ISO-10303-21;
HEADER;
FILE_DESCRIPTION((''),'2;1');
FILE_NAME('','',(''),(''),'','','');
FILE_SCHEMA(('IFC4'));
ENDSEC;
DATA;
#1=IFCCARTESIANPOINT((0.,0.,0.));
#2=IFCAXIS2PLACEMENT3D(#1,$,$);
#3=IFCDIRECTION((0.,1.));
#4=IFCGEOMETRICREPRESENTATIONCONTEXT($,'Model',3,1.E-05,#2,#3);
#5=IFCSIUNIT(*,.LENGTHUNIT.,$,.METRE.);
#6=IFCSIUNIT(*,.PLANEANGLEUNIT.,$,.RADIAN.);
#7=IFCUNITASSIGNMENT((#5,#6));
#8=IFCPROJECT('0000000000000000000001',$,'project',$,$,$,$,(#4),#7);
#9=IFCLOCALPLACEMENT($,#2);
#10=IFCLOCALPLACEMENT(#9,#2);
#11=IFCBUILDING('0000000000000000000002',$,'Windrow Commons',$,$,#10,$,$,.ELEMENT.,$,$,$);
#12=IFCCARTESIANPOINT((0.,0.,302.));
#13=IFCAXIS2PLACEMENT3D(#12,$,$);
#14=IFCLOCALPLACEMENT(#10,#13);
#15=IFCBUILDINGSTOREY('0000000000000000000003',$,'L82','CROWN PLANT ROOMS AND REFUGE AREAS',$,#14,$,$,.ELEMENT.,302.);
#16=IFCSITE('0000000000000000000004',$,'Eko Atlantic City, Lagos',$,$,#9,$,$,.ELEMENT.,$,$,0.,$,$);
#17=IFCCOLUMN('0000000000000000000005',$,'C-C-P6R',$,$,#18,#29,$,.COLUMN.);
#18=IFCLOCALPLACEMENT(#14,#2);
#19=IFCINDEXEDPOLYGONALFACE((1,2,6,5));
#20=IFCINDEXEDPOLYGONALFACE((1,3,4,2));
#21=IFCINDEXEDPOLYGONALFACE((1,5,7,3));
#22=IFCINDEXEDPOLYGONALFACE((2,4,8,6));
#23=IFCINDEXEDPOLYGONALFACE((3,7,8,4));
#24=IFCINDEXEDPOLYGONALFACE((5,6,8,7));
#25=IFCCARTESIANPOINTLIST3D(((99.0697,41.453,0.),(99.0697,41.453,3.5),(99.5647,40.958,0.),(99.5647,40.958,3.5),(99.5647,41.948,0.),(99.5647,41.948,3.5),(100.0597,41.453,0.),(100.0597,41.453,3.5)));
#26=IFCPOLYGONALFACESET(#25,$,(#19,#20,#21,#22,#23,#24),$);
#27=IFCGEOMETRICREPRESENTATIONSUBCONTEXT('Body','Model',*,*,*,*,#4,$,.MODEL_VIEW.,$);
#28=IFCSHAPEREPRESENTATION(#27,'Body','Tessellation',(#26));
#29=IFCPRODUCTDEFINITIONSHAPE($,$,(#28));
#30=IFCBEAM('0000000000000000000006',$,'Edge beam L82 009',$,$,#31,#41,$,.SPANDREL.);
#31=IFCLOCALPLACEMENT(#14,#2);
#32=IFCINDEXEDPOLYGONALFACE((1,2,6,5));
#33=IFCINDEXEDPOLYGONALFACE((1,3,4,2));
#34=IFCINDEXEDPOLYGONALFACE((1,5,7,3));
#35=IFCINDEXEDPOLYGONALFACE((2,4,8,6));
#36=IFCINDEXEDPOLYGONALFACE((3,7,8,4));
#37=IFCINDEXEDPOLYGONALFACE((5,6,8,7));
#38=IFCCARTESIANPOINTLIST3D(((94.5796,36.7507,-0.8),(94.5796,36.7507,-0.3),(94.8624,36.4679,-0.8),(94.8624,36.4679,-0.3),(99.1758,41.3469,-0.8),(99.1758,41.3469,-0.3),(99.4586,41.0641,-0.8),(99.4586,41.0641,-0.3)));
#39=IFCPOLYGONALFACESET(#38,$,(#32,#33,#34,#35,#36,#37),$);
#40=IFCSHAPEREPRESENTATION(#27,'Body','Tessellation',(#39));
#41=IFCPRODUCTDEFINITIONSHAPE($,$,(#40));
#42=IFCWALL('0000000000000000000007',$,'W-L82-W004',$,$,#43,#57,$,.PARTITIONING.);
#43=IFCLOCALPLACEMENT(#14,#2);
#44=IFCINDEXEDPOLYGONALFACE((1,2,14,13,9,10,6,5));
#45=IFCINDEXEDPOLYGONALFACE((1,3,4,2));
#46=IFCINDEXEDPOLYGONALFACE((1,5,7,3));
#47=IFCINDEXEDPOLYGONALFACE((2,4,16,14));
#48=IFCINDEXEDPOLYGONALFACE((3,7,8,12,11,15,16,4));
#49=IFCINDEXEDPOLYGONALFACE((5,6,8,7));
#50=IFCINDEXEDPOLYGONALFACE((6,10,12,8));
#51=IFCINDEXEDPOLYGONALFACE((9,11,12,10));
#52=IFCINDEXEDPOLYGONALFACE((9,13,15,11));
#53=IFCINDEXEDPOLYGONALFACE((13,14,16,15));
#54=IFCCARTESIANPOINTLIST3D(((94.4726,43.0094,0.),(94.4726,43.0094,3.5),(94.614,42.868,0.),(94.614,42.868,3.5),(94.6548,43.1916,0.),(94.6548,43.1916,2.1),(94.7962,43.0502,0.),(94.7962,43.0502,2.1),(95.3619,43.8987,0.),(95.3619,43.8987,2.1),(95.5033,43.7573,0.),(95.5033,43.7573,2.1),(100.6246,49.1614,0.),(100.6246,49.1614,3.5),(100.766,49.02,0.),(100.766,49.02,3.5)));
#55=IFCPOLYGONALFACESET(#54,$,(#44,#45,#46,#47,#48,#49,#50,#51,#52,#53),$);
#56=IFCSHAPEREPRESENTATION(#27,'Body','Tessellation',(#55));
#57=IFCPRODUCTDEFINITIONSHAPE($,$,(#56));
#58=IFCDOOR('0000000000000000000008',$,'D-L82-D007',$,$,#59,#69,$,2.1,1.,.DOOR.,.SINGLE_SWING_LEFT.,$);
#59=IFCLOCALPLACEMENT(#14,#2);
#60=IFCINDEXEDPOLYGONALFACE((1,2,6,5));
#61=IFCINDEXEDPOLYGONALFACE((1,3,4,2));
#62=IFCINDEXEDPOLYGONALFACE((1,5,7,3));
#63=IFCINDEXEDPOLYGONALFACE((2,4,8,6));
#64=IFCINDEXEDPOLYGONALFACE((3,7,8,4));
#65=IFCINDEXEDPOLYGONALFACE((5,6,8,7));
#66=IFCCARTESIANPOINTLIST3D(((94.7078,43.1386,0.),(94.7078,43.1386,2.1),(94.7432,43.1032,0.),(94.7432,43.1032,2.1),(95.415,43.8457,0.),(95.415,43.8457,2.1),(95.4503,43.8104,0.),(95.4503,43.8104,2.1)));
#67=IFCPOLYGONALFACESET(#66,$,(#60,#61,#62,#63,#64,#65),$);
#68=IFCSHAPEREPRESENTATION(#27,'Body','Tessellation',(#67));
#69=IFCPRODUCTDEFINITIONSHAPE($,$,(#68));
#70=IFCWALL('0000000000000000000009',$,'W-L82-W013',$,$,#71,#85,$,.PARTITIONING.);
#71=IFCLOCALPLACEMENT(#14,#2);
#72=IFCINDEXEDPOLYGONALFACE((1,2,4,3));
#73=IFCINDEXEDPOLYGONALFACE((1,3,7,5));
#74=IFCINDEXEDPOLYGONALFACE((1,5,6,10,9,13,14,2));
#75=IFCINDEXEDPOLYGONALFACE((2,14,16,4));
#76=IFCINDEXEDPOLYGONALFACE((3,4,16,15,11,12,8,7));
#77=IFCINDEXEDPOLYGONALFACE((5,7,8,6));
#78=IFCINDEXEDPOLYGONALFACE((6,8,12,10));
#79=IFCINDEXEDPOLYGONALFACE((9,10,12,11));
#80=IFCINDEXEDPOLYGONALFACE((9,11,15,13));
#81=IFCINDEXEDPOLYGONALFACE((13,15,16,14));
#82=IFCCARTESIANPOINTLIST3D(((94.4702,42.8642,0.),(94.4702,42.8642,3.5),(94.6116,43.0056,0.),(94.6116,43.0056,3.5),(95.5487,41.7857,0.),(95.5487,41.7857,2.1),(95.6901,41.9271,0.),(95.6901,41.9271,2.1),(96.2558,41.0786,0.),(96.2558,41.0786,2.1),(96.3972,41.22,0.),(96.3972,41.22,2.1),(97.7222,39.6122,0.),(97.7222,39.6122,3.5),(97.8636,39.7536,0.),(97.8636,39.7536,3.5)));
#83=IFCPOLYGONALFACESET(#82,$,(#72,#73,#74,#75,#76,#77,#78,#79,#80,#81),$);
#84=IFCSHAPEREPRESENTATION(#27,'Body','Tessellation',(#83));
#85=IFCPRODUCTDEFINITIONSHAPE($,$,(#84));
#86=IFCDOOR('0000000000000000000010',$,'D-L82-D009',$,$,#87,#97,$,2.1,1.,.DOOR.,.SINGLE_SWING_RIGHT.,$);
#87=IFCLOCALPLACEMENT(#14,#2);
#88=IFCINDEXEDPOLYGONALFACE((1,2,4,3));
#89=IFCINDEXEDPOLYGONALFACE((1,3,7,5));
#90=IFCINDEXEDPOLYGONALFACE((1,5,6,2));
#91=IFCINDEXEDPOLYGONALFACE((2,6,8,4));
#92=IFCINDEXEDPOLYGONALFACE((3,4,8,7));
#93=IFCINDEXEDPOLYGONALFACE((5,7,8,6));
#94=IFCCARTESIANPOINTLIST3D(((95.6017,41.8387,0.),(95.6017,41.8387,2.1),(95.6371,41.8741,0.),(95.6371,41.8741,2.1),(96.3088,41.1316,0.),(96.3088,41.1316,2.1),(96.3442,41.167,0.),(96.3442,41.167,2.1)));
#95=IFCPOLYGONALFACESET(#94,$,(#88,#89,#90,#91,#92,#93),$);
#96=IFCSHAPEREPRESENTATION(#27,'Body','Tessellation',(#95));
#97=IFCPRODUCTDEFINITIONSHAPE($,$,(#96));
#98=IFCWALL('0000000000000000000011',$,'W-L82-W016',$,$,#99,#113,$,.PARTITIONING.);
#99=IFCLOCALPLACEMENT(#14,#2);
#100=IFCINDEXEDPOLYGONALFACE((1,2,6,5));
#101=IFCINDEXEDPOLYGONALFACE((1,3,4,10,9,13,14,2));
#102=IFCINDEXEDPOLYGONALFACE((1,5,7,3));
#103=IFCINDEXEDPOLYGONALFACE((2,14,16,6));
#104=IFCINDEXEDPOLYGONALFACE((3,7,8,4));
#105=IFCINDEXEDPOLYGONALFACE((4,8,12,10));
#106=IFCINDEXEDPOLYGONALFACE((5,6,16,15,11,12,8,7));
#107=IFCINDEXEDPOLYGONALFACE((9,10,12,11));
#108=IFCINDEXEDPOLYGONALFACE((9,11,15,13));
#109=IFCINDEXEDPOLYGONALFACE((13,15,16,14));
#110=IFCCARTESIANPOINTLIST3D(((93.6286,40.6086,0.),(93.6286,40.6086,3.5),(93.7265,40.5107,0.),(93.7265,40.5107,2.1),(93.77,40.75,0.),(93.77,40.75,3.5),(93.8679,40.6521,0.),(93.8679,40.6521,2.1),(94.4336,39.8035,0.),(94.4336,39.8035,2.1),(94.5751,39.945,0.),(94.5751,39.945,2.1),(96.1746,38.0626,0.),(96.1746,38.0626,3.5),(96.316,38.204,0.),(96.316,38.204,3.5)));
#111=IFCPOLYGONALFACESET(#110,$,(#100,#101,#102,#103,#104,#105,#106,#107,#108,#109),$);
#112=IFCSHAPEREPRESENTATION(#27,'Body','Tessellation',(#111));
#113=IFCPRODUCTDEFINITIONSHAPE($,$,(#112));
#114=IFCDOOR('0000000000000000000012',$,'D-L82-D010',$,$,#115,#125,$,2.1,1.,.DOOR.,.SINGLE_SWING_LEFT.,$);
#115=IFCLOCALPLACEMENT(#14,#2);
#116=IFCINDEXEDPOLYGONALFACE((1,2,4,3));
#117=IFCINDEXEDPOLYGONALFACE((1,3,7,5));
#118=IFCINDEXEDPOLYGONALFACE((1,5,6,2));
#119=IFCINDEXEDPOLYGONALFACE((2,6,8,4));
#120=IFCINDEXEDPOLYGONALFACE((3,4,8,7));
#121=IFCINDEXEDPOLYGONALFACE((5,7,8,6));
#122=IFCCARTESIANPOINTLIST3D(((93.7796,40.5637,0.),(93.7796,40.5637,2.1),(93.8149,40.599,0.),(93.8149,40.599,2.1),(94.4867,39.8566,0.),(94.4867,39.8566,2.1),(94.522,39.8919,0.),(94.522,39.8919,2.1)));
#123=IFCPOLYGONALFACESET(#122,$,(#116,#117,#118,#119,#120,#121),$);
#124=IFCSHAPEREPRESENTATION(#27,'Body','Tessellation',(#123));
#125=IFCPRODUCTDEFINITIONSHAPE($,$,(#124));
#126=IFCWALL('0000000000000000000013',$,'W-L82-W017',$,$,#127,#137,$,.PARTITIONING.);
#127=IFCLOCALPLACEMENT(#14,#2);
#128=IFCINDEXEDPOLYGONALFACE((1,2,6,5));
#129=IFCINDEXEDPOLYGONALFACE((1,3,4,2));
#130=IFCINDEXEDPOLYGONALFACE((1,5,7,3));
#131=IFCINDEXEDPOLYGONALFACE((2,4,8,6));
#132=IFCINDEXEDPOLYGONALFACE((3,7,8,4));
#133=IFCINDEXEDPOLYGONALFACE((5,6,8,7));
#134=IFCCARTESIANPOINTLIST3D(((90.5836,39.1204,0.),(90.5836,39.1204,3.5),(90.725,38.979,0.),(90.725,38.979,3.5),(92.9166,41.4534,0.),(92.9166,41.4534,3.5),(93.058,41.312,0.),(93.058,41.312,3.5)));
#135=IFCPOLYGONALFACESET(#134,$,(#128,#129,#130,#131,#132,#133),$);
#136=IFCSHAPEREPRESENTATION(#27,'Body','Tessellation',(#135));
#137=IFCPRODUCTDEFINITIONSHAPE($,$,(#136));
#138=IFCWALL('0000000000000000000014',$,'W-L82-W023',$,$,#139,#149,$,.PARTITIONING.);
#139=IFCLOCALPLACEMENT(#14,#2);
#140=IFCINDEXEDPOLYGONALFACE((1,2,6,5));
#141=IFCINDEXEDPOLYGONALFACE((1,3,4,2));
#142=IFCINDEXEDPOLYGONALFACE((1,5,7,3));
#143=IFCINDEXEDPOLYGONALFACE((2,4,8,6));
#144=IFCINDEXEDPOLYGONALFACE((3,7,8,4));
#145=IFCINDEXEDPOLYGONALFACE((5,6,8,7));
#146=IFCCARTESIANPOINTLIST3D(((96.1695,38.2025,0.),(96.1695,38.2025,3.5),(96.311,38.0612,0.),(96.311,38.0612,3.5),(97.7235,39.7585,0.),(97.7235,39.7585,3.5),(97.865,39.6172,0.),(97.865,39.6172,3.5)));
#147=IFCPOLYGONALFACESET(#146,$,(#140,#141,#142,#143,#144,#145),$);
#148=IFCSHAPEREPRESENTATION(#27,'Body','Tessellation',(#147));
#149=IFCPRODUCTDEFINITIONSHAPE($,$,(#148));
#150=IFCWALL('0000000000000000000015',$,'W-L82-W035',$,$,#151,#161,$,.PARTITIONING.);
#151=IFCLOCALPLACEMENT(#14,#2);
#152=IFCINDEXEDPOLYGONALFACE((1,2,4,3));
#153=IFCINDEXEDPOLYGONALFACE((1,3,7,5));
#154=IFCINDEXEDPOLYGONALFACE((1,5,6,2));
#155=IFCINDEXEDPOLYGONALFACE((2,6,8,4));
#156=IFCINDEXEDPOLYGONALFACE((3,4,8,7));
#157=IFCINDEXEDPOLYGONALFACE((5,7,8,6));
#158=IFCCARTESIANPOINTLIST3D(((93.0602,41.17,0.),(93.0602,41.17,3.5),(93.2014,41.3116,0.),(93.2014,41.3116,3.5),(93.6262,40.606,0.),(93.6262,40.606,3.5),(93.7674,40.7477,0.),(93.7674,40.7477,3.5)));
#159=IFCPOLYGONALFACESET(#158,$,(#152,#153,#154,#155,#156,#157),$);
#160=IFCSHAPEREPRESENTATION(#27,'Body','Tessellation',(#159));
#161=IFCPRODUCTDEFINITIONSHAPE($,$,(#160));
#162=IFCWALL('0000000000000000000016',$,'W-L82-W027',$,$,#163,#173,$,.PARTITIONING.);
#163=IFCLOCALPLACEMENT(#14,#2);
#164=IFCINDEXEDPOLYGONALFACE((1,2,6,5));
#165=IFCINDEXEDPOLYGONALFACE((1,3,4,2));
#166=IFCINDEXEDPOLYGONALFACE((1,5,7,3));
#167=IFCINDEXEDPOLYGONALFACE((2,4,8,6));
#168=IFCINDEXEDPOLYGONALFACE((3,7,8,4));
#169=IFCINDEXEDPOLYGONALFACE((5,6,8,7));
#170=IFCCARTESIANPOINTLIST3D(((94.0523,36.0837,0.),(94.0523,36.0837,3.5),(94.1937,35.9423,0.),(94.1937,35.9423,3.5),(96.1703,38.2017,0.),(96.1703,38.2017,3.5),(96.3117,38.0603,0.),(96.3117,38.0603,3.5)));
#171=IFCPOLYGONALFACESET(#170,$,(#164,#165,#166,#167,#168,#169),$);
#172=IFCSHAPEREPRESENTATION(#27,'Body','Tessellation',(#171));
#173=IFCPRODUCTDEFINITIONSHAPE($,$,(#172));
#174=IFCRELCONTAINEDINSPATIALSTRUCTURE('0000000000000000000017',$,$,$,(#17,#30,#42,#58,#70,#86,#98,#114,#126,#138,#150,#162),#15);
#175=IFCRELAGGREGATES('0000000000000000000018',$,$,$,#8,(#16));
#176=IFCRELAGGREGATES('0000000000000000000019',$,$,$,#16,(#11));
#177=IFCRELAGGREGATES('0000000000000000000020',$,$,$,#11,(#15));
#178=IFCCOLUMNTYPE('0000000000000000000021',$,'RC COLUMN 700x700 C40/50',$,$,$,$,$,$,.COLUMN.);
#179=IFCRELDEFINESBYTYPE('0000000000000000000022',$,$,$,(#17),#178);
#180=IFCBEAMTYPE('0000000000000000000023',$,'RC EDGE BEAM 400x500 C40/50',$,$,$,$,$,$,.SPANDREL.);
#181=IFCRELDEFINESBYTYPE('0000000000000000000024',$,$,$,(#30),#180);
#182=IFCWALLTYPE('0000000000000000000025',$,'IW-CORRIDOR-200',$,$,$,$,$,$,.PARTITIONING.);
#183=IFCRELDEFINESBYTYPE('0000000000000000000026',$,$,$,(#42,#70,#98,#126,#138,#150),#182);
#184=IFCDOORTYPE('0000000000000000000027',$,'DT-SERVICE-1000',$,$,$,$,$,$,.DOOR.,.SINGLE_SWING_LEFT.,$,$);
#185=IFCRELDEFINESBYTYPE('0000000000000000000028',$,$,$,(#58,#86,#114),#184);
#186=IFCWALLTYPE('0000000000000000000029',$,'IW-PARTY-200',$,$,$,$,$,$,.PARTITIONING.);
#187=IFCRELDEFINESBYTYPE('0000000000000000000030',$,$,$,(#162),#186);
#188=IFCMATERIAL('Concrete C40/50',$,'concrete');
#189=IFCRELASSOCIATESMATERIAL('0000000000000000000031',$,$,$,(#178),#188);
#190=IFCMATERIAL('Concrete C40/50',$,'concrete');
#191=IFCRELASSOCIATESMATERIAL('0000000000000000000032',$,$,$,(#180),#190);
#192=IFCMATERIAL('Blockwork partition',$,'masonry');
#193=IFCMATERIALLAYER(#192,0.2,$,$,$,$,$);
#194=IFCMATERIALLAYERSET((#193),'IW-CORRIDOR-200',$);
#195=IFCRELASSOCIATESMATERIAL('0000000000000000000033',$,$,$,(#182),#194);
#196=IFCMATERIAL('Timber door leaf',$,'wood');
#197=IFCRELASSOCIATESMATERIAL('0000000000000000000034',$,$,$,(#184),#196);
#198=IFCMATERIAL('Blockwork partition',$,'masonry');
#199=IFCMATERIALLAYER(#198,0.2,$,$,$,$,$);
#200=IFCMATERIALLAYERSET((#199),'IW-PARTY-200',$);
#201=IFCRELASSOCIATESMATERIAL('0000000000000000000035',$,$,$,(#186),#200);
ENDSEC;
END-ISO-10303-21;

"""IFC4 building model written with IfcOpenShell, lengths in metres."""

from ifc_helpers import new_model, si_unit, direction, frame, frame_2d, origin, origin_2d, place, context, subcontext, project, spatial, rectangle, extrude, material, layer, layer_set, material_profile, profile_set, type_object, element, fill, save


model = new_model("IFC4")

# Units and contexts
model_context = context("Model", 3, precision=1e-05, world=origin(), true_north=direction((0.0, 1.0)))
body_context = subcontext(model_context, "Body", "Model", "MODEL_VIEW")
ifc_project = project(units=[si_unit("LENGTHUNIT", "METRE"), si_unit("PLANEANGLEUNIT", "RADIAN")], contexts=[model_context])

# Site, building, storey
site_placement = place(None, origin())
site = spatial("IfcSite", under=ifc_project, at=site_placement, Name="Eko Atlantic City, Lagos", CompositionType="ELEMENT", RefElevation=0.0)
building_placement = place(site_placement, origin())
building = spatial("IfcBuilding", under=site, at=building_placement, Name="Windrow Commons", CompositionType="ELEMENT")
storey_placement = place(building_placement, frame((0.0, 0.0, 302.0)))
storey = spatial("IfcBuildingStorey", under=building, at=storey_placement, Name="L82", Description="CROWN PLANT ROOMS AND REFUGE AREAS", CompositionType="ELEMENT", Elevation=302.0)

# Column
ifc_material_1 = material(Name="Concrete C40/50", Category="concrete")
ifc_material_profile_1 = material_profile(ifc_material_1, rectangle(XDim=0.7, YDim=0.7, at=origin_2d()))
ifc_profile_set_1 = profile_set([ifc_material_profile_1], Name="Concrete C40/50")
column_type = type_object("IfcColumnType", Name="RC COLUMN 700x700 C40/50", PredefinedType="COLUMN", material=ifc_profile_set_1)
column_placement = place(storey_placement, frame((99.5647, 41.453, 0.0), z_axis=(0.0, 0.0, 1.0), x_axis=(0.707107, -0.707107, 0.0)))
element("IfcColumn", 1, at=column_placement, inside=storey, type_object=column_type, Name="C-C-P6R", PredefinedType="COLUMN", context=body_context, shape_type="SweptSolid", body=[
    extrude(rectangle(XDim=0.7, YDim=0.7, at=origin_2d()), origin(), (0.0, 0.0, 1.0), 3.5),
])

# Beam
ifc_material_2 = material(Name="Concrete C40/50", Category="concrete")
ifc_material_profile_2 = material_profile(ifc_material_2, rectangle(XDim=0.4, YDim=0.5, at=origin_2d()))
ifc_profile_set_2 = profile_set([ifc_material_profile_2], Name="Concrete C40/50")
beam_type = type_object("IfcBeamType", Name="RC EDGE BEAM 400x500 C40/50", PredefinedType="SPANDREL", material=ifc_profile_set_2)
beam_placement = place(storey_placement, frame((99.3172, 41.2055, -0.55), z_axis=(-0.707107, -0.707107, 0.0), x_axis=(0.707107, -0.707107, 0.0)))
element("IfcBeam", 2, at=beam_placement, inside=storey, type_object=beam_type, Name="Edge beam L82 009", PredefinedType="SPANDREL", context=body_context, shape_type="SweptSolid", body=[
    extrude(rectangle(XDim=0.4, YDim=0.5, at=origin_2d()), origin(), (0.0, 0.0, 1.0), 6.5),
])

# Walls, openings, doors
ifc_material_3 = material(Name="Blockwork partition", Category="masonry")
ifc_layer_1 = layer(ifc_material_3, 0.2)
ifc_layer_set_1 = layer_set([ifc_layer_1], Name="IW-CORRIDOR-200")
wall_type_1 = type_object("IfcWallType", Name="IW-CORRIDOR-200", PredefinedType="PARTITIONING", material=ifc_layer_set_1)
wall_1_placement = place(storey_placement, frame((94.5433, 42.9387, 0.0), z_axis=(0.0, 0.0, 1.0), x_axis=(0.707107, 0.707107, 0.0)))
wall_1 = element("IfcWall", 3, at=wall_1_placement, inside=storey, type_object=wall_type_1, Name="W-L82-W004", PredefinedType="PARTITIONING", context=body_context, shape_type="SweptSolid", body=[
    extrude(rectangle(XDim=8.7002, YDim=0.2, at=frame_2d((4.3501, 0.0))), origin(), (0.0, 0.0, 1.0), 3.5),
])
opening_1_placement = place(wall_1_placement, frame((0.2577, 0.0, 0.0)))
opening_1 = element("IfcOpeningElement", 4, at=opening_1_placement, cuts=wall_1, PredefinedType="OPENING", context=body_context, shape_type="SweptSolid", body=[
    extrude(rectangle(XDim=1.0, YDim=2.1, at=frame_2d((0.5, 1.05))), frame((0.0, 0.11, 0.0), z_axis=(0.0, -1.0, 0.0), x_axis=(1.0, 0.0, 0.0)), (0.0, 0.0, 1.0), 0.22),
])
ifc_material_4 = material(Name="Timber door leaf", Category="wood")
door_type = type_object("IfcDoorType", Name="DT-SERVICE-1000", OperationType="SINGLE_SWING_LEFT", PredefinedType="DOOR", material=ifc_material_4)
door_1_placement = place(opening_1_placement, origin())
door_1 = element("IfcDoor", 5, at=door_1_placement, inside=storey, type_object=door_type, Name="D-L82-D007", OperationType="SINGLE_SWING_LEFT", OverallHeight=2.1, OverallWidth=1.0, PredefinedType="DOOR", context=body_context, shape_type="SweptSolid", body=[
    extrude(rectangle(XDim=1.0, YDim=2.1, at=frame_2d((0.5, 1.05))), frame((0.0, 0.025, 0.0), z_axis=(0.0, -1.0, 0.0), x_axis=(1.0, 0.0, 0.0)), (0.0, 0.0, 1.0), 0.05),
])
fill(opening_1, door_1)
wall_2_placement = place(storey_placement, frame((94.5409, 42.9349, 0.0), z_axis=(0.0, 0.0, 1.0), x_axis=(0.707107, -0.707107, 0.0)))
wall_2 = element("IfcWall", 6, at=wall_2_placement, inside=storey, type_object=wall_type_1, Name="W-L82-W013", PredefinedType="PARTITIONING", context=body_context, shape_type="SweptSolid", body=[
    extrude(rectangle(XDim=4.599, YDim=0.2, at=frame_2d((2.2995, 0.0))), origin(), (0.0, 0.0, 1.0), 3.5),
])
opening_2_placement = place(wall_2_placement, frame((1.5252, 0.0, 0.0)))
opening_2 = element("IfcOpeningElement", 7, at=opening_2_placement, cuts=wall_2, PredefinedType="OPENING", context=body_context, shape_type="SweptSolid", body=[
    extrude(rectangle(XDim=1.0, YDim=2.1, at=frame_2d((0.5, 1.05))), frame((0.0, 0.11, 0.0), z_axis=(0.0, -1.0, 0.0), x_axis=(1.0, 0.0, 0.0)), (0.0, 0.0, 1.0), 0.22),
])
door_2_placement = place(opening_2_placement, origin())
door_2 = element("IfcDoor", 8, at=door_2_placement, inside=storey, type_object=door_type, Name="D-L82-D009", OperationType="SINGLE_SWING_RIGHT", OverallHeight=2.1, OverallWidth=1.0, PredefinedType="DOOR", context=body_context, shape_type="SweptSolid", body=[
    extrude(rectangle(XDim=1.0, YDim=2.1, at=frame_2d((0.5, 1.05))), frame((0.0, 0.025, 0.0), z_axis=(0.0, -1.0, 0.0), x_axis=(1.0, 0.0, 0.0)), (0.0, 0.0, 1.0), 0.05),
])
fill(opening_2, door_2)
wall_3_placement = place(storey_placement, frame((93.6993, 40.6793, 0.0), z_axis=(0.0, 0.0, 1.0), x_axis=(0.707107, -0.707107, 0.0)))
wall_3 = element("IfcWall", 9, at=wall_3_placement, inside=storey, type_object=wall_type_1, Name="W-L82-W016", PredefinedType="PARTITIONING", context=body_context, shape_type="SweptSolid", body=[
    extrude(rectangle(XDim=3.6006, YDim=0.2, at=frame_2d((1.8003, 0.0))), origin(), (0.0, 0.0, 1.0), 3.5),
])
opening_3_placement = place(wall_3_placement, frame((0.1385, 0.0, 0.0)))
opening_3 = element("IfcOpeningElement", 10, at=opening_3_placement, cuts=wall_3, PredefinedType="OPENING", context=body_context, shape_type="SweptSolid", body=[
    extrude(rectangle(XDim=1.0, YDim=2.1, at=frame_2d((0.5, 1.05))), frame((0.0, 0.11, 0.0), z_axis=(0.0, -1.0, 0.0), x_axis=(1.0, 0.0, 0.0)), (0.0, 0.0, 1.0), 0.22),
])
door_3_placement = place(opening_3_placement, origin())
door_3 = element("IfcDoor", 11, at=door_3_placement, inside=storey, type_object=door_type, Name="D-L82-D010", OperationType="SINGLE_SWING_LEFT", OverallHeight=2.1, OverallWidth=1.0, PredefinedType="DOOR", context=body_context, shape_type="SweptSolid", body=[
    extrude(rectangle(XDim=1.0, YDim=2.1, at=frame_2d((0.5, 1.05))), frame((0.0, 0.025, 0.0), z_axis=(0.0, -1.0, 0.0), x_axis=(1.0, 0.0, 0.0)), (0.0, 0.0, 1.0), 0.05),
])
fill(opening_3, door_3)

# Walls
wall_4_placement = place(storey_placement, frame((90.6543, 39.0497, 0.0), z_axis=(0.0, 0.0, 1.0), x_axis=(0.707107, 0.707107, 0.0)))
element("IfcWall", 12, at=wall_4_placement, inside=storey, type_object=wall_type_1, Name="W-L82-W017", PredefinedType="PARTITIONING", context=body_context, shape_type="SweptSolid", body=[
    extrude(rectangle(XDim=3.2994, YDim=0.2, at=frame_2d((1.6497, 0.0))), origin(), (0.0, 0.0, 1.0), 3.5),
])
wall_5_placement = place(storey_placement, frame((96.2402, 38.1318, 0.0), z_axis=(0.0, 0.0, 1.0), x_axis=(0.706652, 0.707561, 0.0)))
element("IfcWall", 13, at=wall_5_placement, inside=storey, type_object=wall_type_1, Name="W-L82-W023", PredefinedType="PARTITIONING", context=body_context, shape_type="SweptSolid", body=[
    extrude(rectangle(XDim=2.1991, YDim=0.2, at=frame_2d((1.0996, 0.0))), origin(), (0.0, 0.0, 1.0), 3.5),
])
wall_6_placement = place(storey_placement, frame((93.1308, 41.2408, 0.0), z_axis=(0.0, 0.0, 1.0), x_axis=(0.708357, -0.705854, 0.0)))
element("IfcWall", 14, at=wall_6_placement, inside=storey, type_object=wall_type_1, Name="W-L82-W035", PredefinedType="PARTITIONING", context=body_context, shape_type="SweptSolid", body=[
    extrude(rectangle(XDim=0.799, YDim=0.2, at=frame_2d((0.3995, 0.0))), origin(), (0.0, 0.0, 1.0), 3.5),
])
ifc_material_5 = material(Name="Blockwork partition", Category="masonry")
ifc_layer_2 = layer(ifc_material_5, 0.2)
ifc_layer_set_2 = layer_set([ifc_layer_2], Name="IW-PARTY-200")
wall_type_2 = type_object("IfcWallType", Name="IW-PARTY-200", PredefinedType="PARTITIONING", material=ifc_layer_set_2)
for number, where, z_axis, x_axis, name in (
    (15, (94.123, 36.013, 0.0), (0.0, 0.0, 1.0), (0.707107, 0.707107, 0.0), "W-L82-W027"),
):
    element("IfcWall", number, at=place(storey_placement, frame(where, z_axis=z_axis, x_axis=x_axis)), inside=storey, type_object=wall_type_2, Name=name, PredefinedType="PARTITIONING", context=body_context, shape_type="SweptSolid", body=[
        extrude(rectangle(XDim=2.9953, YDim=0.2, at=frame_2d((1.4976, 0.0))), origin(), (0.0, 0.0, 1.0), 3.5),
    ])

save(model, "model.ifc")
